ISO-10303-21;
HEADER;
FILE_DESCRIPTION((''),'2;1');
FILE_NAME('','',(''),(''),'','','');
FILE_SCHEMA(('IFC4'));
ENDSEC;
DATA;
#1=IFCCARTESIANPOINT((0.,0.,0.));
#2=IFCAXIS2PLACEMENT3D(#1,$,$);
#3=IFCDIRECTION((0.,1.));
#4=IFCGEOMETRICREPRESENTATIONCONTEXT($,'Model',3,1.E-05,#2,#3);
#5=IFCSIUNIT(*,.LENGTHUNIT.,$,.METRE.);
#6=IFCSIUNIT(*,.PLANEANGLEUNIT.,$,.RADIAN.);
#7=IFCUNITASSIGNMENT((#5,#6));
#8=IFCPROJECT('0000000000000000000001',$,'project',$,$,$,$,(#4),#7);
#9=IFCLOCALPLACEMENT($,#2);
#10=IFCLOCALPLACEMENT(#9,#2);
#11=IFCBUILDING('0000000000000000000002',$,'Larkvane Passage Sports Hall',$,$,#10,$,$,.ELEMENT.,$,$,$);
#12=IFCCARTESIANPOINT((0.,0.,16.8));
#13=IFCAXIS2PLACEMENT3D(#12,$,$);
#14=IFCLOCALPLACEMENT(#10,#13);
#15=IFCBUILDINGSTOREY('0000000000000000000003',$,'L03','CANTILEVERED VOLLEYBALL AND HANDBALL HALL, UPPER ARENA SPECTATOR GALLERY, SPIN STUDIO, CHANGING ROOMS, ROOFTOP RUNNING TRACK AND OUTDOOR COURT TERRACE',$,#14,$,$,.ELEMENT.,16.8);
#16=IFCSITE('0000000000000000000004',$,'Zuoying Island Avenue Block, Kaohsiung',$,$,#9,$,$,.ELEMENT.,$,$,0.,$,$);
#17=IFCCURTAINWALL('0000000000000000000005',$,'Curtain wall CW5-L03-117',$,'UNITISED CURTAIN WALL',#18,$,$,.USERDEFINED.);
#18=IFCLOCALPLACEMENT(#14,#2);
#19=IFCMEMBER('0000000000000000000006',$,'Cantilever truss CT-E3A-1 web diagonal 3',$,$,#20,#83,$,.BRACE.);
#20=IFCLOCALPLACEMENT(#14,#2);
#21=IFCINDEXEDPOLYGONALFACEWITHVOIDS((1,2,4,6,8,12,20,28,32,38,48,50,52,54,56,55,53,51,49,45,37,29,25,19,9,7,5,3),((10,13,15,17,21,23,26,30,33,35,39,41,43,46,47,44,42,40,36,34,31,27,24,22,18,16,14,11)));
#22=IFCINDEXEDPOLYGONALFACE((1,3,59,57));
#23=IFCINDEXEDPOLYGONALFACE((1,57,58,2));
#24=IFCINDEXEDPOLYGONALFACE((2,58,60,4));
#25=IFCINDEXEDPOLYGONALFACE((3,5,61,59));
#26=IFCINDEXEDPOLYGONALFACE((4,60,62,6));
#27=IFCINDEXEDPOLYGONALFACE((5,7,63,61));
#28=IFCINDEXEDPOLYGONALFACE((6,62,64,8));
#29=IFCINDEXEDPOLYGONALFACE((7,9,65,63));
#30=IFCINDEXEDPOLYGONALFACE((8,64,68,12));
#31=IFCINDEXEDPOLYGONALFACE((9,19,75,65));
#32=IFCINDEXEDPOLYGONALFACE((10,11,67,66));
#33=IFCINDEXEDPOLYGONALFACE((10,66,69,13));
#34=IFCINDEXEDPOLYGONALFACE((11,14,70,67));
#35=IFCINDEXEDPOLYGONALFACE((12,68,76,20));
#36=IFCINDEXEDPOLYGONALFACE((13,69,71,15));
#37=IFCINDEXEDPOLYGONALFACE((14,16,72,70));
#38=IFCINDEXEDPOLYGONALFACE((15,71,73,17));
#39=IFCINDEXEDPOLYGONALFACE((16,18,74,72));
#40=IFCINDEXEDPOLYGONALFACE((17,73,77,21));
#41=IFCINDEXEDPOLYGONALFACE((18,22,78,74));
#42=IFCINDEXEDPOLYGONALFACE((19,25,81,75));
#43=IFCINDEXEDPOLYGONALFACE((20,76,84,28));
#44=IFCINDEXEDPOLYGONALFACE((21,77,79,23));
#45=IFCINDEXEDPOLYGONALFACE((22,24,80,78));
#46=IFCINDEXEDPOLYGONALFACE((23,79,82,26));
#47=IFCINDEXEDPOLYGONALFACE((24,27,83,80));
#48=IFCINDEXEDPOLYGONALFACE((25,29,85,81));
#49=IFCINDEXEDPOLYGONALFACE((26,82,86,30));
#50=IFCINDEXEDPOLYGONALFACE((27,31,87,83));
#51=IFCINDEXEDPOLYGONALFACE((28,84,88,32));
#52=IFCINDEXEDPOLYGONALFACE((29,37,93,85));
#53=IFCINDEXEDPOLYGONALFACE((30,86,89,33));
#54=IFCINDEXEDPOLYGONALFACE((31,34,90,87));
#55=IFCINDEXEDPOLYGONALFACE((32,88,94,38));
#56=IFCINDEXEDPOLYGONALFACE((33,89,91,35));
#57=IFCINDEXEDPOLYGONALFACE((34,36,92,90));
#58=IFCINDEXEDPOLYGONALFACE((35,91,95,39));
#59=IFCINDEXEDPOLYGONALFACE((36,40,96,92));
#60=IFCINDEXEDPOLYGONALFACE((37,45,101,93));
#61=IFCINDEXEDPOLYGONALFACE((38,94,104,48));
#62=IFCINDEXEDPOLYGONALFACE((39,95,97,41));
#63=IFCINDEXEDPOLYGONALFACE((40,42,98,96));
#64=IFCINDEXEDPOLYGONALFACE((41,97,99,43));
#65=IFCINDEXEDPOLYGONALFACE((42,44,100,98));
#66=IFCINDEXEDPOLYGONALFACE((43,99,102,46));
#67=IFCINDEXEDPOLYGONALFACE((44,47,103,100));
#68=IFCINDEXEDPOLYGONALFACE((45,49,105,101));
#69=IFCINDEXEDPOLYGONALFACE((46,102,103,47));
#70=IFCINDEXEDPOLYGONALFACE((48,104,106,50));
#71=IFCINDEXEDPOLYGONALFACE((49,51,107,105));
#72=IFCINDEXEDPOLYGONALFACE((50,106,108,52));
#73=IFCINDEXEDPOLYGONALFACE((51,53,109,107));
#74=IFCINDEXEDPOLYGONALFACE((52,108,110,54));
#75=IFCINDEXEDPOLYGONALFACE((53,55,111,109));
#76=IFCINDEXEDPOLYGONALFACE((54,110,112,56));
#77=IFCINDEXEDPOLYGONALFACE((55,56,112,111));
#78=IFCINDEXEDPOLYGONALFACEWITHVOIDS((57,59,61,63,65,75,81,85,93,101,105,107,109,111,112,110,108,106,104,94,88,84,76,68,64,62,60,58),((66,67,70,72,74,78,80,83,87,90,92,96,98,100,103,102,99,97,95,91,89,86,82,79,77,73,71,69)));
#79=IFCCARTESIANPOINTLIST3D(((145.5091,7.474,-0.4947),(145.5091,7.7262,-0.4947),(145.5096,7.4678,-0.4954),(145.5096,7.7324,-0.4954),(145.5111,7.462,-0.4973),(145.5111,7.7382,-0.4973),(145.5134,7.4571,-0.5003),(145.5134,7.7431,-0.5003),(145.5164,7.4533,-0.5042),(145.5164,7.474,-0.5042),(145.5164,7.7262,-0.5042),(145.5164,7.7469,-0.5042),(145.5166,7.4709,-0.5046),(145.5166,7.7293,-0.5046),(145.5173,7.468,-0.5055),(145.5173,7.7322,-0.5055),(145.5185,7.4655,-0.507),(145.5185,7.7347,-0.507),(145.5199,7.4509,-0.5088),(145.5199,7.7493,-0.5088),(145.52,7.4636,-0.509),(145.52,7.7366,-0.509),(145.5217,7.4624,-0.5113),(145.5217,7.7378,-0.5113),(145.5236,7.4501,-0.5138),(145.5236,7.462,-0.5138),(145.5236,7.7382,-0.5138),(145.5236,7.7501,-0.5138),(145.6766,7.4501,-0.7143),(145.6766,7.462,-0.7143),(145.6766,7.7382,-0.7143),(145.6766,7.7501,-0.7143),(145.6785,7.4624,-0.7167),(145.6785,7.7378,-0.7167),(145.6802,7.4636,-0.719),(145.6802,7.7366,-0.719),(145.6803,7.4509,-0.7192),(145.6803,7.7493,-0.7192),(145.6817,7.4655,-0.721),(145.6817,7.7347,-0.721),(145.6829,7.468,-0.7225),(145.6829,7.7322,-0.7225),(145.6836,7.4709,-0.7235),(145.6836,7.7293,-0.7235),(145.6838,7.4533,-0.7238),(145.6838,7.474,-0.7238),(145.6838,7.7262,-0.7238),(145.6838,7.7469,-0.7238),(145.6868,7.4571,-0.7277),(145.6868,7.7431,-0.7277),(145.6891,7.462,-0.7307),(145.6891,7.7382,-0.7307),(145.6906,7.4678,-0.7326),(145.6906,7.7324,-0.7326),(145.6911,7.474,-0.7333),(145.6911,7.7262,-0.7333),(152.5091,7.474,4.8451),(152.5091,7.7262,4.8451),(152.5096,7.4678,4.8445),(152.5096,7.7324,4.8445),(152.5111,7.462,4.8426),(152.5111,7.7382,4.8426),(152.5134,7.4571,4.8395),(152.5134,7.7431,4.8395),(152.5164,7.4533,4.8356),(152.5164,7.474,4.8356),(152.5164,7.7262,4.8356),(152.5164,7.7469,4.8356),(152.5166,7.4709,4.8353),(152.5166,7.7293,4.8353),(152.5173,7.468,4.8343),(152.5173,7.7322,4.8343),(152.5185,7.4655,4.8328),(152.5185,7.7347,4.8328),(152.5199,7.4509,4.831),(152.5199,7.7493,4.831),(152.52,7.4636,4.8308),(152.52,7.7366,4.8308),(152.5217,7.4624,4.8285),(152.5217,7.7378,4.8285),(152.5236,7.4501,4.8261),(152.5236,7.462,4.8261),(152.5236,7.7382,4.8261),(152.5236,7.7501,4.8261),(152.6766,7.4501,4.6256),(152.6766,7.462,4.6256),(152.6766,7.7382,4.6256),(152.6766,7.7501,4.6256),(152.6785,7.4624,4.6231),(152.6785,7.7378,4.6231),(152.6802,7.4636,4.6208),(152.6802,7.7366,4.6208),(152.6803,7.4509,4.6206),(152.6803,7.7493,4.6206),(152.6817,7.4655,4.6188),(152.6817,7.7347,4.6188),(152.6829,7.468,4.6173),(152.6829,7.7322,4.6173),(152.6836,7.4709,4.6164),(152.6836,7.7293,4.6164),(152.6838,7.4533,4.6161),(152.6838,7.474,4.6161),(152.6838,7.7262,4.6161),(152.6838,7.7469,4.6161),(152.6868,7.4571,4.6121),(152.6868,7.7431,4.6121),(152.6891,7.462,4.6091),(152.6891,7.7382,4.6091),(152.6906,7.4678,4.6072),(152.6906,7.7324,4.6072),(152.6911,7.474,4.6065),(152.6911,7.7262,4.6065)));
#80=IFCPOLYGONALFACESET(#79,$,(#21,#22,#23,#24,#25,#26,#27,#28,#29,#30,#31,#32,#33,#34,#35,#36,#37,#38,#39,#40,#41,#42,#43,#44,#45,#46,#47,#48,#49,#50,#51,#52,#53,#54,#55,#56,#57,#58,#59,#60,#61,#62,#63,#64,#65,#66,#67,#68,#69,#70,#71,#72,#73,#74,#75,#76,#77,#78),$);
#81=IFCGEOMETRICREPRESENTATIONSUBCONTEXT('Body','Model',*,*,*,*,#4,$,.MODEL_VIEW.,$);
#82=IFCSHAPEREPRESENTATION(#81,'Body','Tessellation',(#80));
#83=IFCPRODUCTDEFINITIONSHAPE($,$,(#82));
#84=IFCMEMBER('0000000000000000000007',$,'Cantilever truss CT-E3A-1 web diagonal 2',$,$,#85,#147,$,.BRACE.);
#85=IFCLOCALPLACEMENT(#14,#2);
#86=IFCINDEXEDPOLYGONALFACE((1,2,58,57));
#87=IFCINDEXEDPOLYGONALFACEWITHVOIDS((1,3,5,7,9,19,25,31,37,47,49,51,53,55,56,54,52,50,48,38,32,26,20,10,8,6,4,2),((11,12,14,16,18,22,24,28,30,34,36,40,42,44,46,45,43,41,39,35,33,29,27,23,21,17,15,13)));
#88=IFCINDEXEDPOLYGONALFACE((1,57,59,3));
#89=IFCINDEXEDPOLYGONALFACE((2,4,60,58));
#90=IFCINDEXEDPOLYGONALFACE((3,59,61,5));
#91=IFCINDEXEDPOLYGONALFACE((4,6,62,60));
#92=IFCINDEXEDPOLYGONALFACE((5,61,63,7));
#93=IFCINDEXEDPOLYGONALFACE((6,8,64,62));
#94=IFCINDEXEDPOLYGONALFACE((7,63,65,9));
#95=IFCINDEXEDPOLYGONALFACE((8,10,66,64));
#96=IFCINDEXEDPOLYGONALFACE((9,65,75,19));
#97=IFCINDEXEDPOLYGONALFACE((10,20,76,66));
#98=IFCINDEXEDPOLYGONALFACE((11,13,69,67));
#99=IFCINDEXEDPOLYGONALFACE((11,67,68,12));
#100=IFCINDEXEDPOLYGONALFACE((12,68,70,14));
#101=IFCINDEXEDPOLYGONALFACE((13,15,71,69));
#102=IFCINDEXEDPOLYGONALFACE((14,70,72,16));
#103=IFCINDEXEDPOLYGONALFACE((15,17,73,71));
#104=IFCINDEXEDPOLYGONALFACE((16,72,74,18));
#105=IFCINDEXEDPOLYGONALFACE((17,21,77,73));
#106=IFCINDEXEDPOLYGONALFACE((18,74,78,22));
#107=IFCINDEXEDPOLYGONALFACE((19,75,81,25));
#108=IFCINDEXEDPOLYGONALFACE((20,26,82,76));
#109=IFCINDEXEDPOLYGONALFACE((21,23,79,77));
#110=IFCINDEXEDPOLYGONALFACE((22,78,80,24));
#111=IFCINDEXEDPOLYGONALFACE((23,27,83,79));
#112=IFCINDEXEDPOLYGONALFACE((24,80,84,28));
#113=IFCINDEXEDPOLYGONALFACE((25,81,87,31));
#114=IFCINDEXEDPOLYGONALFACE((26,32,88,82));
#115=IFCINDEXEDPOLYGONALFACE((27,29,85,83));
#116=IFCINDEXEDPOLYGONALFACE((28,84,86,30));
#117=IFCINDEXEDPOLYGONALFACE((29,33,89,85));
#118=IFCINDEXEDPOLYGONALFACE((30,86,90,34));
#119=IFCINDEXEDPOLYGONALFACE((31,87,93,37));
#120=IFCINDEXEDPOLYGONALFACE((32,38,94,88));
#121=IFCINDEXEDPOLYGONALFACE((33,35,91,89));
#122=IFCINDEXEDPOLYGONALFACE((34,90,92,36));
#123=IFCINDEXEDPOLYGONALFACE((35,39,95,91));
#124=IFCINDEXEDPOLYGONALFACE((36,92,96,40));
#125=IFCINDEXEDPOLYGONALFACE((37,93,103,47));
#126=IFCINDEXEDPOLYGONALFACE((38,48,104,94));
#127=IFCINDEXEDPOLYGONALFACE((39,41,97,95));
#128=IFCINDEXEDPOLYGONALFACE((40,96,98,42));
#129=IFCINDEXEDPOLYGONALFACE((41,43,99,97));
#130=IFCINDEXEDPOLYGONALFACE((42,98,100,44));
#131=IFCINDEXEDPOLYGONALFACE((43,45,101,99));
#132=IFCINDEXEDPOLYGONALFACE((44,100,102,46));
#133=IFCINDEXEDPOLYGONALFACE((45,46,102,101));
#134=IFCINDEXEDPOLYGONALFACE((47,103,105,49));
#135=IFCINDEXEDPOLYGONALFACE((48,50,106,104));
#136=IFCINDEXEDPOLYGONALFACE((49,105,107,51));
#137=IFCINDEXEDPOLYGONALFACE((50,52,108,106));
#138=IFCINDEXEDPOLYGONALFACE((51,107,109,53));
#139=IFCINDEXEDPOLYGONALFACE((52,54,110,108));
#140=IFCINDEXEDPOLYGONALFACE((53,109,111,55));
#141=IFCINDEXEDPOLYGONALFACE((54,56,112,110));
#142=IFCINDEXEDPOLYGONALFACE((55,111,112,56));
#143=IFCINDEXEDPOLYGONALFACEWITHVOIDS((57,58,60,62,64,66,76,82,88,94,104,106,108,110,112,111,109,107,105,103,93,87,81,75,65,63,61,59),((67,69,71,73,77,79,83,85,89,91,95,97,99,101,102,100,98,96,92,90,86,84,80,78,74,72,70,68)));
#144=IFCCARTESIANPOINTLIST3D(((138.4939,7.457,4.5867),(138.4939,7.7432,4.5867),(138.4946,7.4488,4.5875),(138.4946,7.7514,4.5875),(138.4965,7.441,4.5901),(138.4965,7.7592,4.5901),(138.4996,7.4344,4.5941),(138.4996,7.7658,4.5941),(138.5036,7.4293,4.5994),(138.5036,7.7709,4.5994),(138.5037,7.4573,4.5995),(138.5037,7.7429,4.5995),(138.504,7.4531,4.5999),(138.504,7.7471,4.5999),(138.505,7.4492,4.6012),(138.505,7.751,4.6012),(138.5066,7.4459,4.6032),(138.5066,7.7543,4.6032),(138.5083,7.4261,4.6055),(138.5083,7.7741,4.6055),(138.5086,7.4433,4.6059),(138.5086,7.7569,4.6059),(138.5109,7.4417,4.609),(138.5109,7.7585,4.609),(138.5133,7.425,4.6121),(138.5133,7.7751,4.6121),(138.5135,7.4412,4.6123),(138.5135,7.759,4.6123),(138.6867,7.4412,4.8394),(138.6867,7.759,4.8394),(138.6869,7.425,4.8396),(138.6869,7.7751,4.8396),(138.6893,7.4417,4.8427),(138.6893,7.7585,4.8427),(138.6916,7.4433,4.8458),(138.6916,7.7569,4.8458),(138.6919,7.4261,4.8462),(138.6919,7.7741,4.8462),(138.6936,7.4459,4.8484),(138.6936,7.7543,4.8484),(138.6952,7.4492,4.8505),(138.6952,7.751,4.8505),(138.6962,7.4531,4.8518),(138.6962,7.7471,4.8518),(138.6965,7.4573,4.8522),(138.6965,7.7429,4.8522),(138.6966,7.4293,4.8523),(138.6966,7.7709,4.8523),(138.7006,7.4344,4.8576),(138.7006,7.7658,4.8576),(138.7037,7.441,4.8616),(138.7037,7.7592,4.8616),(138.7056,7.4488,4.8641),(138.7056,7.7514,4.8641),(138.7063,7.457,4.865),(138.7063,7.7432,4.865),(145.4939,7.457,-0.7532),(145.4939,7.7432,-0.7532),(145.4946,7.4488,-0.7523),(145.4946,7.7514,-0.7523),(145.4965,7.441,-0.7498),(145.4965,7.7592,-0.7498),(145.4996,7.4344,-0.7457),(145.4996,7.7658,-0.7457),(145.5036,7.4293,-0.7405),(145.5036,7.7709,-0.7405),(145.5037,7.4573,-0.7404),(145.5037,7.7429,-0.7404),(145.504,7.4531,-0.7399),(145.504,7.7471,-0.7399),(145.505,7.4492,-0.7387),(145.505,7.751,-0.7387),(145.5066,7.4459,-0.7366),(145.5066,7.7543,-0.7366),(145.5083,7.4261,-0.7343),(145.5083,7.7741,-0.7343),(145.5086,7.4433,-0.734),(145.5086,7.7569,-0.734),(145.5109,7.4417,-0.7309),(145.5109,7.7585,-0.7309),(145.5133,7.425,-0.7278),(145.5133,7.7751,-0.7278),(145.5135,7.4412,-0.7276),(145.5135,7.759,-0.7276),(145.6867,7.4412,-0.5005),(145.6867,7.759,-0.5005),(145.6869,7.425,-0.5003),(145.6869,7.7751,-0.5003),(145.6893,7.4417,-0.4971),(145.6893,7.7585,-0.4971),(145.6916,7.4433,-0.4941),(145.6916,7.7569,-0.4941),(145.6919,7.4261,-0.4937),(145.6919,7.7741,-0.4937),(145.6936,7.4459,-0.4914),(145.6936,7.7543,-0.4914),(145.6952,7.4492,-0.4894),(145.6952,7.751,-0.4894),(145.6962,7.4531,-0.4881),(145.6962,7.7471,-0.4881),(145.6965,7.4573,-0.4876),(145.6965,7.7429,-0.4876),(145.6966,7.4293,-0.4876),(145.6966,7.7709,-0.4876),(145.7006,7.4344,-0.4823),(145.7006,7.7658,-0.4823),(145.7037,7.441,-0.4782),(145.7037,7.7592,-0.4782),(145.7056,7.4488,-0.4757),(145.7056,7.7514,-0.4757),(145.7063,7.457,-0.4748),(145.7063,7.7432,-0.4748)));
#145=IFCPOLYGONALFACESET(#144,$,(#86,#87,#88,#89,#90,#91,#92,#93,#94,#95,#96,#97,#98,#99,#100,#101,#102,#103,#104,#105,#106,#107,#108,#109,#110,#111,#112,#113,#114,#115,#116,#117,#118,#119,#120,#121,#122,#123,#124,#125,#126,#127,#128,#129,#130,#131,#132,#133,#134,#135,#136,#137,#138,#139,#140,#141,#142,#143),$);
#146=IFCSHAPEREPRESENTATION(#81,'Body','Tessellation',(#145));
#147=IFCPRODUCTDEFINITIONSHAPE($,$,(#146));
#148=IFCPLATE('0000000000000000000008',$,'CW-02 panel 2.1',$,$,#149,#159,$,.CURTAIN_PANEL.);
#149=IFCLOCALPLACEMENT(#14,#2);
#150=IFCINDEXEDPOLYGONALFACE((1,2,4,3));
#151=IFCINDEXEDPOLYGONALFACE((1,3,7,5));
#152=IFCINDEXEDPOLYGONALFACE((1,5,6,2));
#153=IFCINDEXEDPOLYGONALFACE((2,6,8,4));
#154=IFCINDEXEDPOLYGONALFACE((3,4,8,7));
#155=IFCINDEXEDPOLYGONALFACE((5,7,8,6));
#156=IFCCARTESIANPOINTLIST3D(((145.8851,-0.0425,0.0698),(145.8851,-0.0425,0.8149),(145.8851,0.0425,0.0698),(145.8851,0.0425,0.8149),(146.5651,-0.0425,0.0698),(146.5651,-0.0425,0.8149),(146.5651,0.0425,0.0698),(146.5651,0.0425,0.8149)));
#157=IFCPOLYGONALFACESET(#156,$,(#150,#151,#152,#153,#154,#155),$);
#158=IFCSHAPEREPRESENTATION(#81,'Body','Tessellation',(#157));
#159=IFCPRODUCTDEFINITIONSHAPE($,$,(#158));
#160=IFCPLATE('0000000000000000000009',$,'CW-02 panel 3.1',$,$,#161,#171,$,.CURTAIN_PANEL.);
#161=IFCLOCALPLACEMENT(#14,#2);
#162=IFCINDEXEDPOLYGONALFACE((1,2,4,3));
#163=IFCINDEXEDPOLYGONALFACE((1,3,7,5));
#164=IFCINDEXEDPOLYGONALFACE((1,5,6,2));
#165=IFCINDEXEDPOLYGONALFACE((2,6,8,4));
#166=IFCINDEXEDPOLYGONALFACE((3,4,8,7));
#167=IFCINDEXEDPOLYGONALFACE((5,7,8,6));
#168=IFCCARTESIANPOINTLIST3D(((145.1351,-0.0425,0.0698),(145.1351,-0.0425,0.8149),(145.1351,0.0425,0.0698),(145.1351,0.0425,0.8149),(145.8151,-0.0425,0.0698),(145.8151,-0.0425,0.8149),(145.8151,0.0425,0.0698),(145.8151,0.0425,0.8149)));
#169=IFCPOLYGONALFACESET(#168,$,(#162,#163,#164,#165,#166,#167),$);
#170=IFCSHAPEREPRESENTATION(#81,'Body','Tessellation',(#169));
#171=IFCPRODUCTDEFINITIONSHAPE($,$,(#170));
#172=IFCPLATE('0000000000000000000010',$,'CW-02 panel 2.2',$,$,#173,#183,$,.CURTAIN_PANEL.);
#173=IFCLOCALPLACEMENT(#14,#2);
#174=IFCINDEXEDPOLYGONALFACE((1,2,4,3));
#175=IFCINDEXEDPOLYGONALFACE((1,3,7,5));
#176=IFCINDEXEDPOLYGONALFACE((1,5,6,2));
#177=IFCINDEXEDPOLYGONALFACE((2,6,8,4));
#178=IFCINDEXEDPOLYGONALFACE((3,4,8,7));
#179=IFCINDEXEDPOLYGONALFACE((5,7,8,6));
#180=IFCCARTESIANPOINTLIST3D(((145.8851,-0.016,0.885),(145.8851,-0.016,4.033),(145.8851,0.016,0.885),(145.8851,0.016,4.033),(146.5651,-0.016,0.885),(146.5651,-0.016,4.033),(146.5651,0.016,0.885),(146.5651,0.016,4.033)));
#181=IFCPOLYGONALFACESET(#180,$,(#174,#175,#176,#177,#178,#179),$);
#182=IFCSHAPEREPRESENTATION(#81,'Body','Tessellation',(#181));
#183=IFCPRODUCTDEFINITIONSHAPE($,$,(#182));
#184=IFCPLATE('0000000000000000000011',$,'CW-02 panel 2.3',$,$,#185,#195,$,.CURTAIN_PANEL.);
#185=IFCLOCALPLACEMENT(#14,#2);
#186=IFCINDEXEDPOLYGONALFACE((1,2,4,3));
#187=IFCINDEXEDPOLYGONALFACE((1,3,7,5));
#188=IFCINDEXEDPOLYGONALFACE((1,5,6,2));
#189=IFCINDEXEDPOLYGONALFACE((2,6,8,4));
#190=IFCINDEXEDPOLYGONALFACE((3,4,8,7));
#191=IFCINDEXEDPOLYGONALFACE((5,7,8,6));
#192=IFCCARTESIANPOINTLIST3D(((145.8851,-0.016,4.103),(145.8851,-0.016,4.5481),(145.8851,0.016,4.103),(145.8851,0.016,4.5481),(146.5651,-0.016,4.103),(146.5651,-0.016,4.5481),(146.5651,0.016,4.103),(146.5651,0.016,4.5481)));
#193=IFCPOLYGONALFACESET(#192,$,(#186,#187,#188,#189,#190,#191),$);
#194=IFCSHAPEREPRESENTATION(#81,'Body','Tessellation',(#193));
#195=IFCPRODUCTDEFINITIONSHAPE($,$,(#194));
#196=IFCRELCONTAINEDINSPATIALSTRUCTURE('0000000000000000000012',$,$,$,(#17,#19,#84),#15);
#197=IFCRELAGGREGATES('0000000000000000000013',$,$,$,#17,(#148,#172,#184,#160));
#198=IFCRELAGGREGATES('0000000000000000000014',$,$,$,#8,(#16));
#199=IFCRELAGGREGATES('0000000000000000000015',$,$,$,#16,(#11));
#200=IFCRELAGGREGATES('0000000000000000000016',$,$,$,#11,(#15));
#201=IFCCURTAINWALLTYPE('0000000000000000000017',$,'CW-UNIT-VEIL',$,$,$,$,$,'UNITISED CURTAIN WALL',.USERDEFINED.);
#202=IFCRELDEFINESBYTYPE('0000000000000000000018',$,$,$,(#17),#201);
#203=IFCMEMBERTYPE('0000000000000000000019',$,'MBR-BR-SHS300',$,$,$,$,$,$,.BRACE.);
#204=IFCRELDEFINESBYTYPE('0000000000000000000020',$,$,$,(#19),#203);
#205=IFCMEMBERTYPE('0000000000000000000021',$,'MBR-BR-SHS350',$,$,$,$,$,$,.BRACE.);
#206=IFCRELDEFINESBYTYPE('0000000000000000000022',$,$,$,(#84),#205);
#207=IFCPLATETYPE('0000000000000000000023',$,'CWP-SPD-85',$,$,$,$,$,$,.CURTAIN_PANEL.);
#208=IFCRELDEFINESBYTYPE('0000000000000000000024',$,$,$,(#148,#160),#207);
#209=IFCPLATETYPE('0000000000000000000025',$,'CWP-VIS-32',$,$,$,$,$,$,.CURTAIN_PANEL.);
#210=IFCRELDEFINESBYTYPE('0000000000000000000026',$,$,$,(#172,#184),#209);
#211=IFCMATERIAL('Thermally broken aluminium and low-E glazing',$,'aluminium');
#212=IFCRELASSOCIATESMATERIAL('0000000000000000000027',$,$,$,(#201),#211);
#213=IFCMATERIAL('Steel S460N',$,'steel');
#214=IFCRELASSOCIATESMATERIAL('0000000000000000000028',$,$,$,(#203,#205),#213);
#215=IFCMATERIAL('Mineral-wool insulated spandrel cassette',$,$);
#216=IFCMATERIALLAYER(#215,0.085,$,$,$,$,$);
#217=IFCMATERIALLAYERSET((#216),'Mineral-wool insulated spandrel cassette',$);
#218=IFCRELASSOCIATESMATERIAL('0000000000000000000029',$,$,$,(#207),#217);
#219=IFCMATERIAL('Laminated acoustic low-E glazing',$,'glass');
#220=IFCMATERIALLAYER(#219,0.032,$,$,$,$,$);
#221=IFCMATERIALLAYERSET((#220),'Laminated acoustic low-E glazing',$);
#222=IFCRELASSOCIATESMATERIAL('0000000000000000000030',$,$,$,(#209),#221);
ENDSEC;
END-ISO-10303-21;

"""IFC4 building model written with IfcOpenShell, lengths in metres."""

from ifc_helpers import new_model, si_unit, direction, frame, origin, origin_2d, place, context, subcontext, project, spatial, rectangle, hollow_rectangle, extrude, material, layer, layer_set, material_profile, profile_set, type_object, element, aggregate, save


model = new_model("IFC4")

# Units and contexts
model_context = context("Model", 3, precision=1e-05, world=origin(), true_north=direction((0.0, 1.0)))
body_context = subcontext(model_context, "Body", "Model", "MODEL_VIEW")
ifc_project = project(units=[si_unit("LENGTHUNIT", "METRE"), si_unit("PLANEANGLEUNIT", "RADIAN")], contexts=[model_context])

# Site, building, storey
site_placement = place(None, origin())
site = spatial("IfcSite", under=ifc_project, at=site_placement, Name="Zuoying Island Avenue Block, Kaohsiung", CompositionType="ELEMENT", RefElevation=0.0)
building_placement = place(site_placement, origin())
building = spatial("IfcBuilding", under=site, at=building_placement, Name="Larkvane Passage Sports Hall", CompositionType="ELEMENT")
storey_placement = place(building_placement, frame((0.0, 0.0, 16.8)))
storey = spatial("IfcBuildingStorey", under=building, at=storey_placement, Name="L03", Description="CANTILEVERED VOLLEYBALL AND HANDBALL HALL, UPPER ARENA SPECTATOR GALLERY, SPIN STUDIO, CHANGING ROOMS, ROOFTOP RUNNING TRACK AND OUTDOOR COURT TERRACE", CompositionType="ELEMENT", Elevation=16.8)

# Shared definitions
ifc_material_1 = material(Name="Steel S460N", Category="steel")

# Curtain wall
ifc_material_2 = material(Name="Thermally broken aluminium and low-E glazing", Category="aluminium")
curtain_wall_type = type_object("IfcCurtainWallType", Name="CW-UNIT-VEIL", ElementType="UNITISED CURTAIN WALL", PredefinedType="USERDEFINED", material=ifc_material_2)
curtain_wall_placement = place(storey_placement, origin())
curtain_wall = element("IfcCurtainWall", 1, at=curtain_wall_placement, inside=storey, type_object=curtain_wall_type, Name="Curtain wall CW5-L03-117", ObjectType="UNITISED CURTAIN WALL", PredefinedType="USERDEFINED")

# Members
ifc_material_profile_1 = material_profile(ifc_material_1, hollow_rectangle(XDim=0.3, YDim=0.3, WallThickness=0.012, InnerFilletRadius=0.012, OuterFilletRadius=0.0239, at=origin_2d()), Name="SHS-300x300x12")
ifc_profile_set_1 = profile_set([ifc_material_profile_1], Name="Steel S460N")
member_type_1 = type_object("IfcMemberType", Name="MBR-BR-SHS300", PredefinedType="BRACE", material=ifc_profile_set_1)
member_1_placement = place(storey_placement, frame((145.6001, 7.6001, -0.614), z_axis=(0.795075, 0.0, 0.606511), x_axis=(0.0, 1.0, 0.0)))
element("IfcMember", 2, at=member_1_placement, inside=storey, type_object=member_type_1, Name="Cantilever truss CT-E3A-1 web diagonal 3", PredefinedType="BRACE", context=body_context, shape_type="SweptSolid", body=[
    extrude(hollow_rectangle(XDim=0.3, YDim=0.3, WallThickness=0.012, InnerFilletRadius=0.012, OuterFilletRadius=0.0239, at=origin_2d()), origin(), (0.0, 0.0, 1.0), 8.8042),
])
ifc_material_profile_2 = material_profile(ifc_material_1, hollow_rectangle(XDim=0.3501, YDim=0.3501, WallThickness=0.0161, InnerFilletRadius=0.0161, OuterFilletRadius=0.032, at=origin_2d()), Name="SHS-350x350x16")
ifc_profile_set_2 = profile_set([ifc_material_profile_2], Name="Steel S460N")
member_type_2 = type_object("IfcMemberType", Name="MBR-BR-SHS350", PredefinedType="BRACE", material=ifc_profile_set_2)
member_2_placement = place(storey_placement, frame((138.6001, 7.6001, 4.7258), z_axis=(0.795075, 0.0, -0.606511), x_axis=(0.0, 1.0, 0.0)))
element("IfcMember", 3, at=member_2_placement, inside=storey, type_object=member_type_2, Name="Cantilever truss CT-E3A-1 web diagonal 2", PredefinedType="BRACE", context=body_context, shape_type="SweptSolid", body=[
    extrude(hollow_rectangle(XDim=0.3501, YDim=0.3501, WallThickness=0.0161, InnerFilletRadius=0.0161, OuterFilletRadius=0.032, at=origin_2d()), origin(), (0.0, 0.0, 1.0), 8.8042),
])

# Plates
ifc_material_3 = material(Name="Mineral-wool insulated spandrel cassette")
ifc_layer_1 = layer(ifc_material_3, 0.085)
ifc_layer_set_1 = layer_set([ifc_layer_1], Name="Mineral-wool insulated spandrel cassette")
plate_type_1 = type_object("IfcPlateType", Name="CWP-SPD-85", PredefinedType="CURTAIN_PANEL", material=ifc_layer_set_1)
plate_1_placement = place(storey_placement, frame((146.2251, 0.0, 0.0698), z_axis=(0.0, 0.0, 1.0), x_axis=(-1.0, 0.0, 0.0)))
plate_1 = element("IfcPlate", 4, at=plate_1_placement, type_object=plate_type_1, Name="CW-02 panel 2.1", PredefinedType="CURTAIN_PANEL", context=body_context, shape_type="SweptSolid", body=[
    extrude(rectangle(XDim=0.6799, YDim=0.085, at=origin_2d()), origin(), (0.0, 0.0, 1.0), 0.7451),
])
plate_2_placement = place(storey_placement, frame((145.4751, 0.0, 0.0698), z_axis=(0.0, 0.0, 1.0), x_axis=(-1.0, 0.0, 0.0)))
plate_2 = element("IfcPlate", 5, at=plate_2_placement, type_object=plate_type_1, Name="CW-02 panel 3.1", PredefinedType="CURTAIN_PANEL", context=body_context, shape_type="SweptSolid", body=[
    extrude(rectangle(XDim=0.6799, YDim=0.085, at=origin_2d()), origin(), (0.0, 0.0, 1.0), 0.7451),
])
ifc_material_4 = material(Name="Laminated acoustic low-E glazing", Category="glass")
ifc_layer_2 = layer(ifc_material_4, 0.032)
ifc_layer_set_2 = layer_set([ifc_layer_2], Name="Laminated acoustic low-E glazing")
plate_type_2 = type_object("IfcPlateType", Name="CWP-VIS-32", PredefinedType="CURTAIN_PANEL", material=ifc_layer_set_2)
plate_3_placement = place(storey_placement, frame((146.2251, 0.0, 0.885), z_axis=(0.0, 0.0, 1.0), x_axis=(-1.0, 0.0, 0.0)))
plate_3 = element("IfcPlate", 6, at=plate_3_placement, type_object=plate_type_2, Name="CW-02 panel 2.2", PredefinedType="CURTAIN_PANEL", context=body_context, shape_type="SweptSolid", body=[
    extrude(rectangle(XDim=0.6799, YDim=0.032, at=origin_2d()), origin(), (0.0, 0.0, 1.0), 3.1479),
])
plate_4_placement = place(storey_placement, frame((146.2251, 0.0, 4.103), z_axis=(0.0, 0.0, 1.0), x_axis=(-1.0, 0.0, 0.0)))
plate_4 = element("IfcPlate", 7, at=plate_4_placement, type_object=plate_type_2, Name="CW-02 panel 2.3", PredefinedType="CURTAIN_PANEL", context=body_context, shape_type="SweptSolid", body=[
    extrude(rectangle(XDim=0.6799, YDim=0.032, at=origin_2d()), origin(), (0.0, 0.0, 1.0), 0.4451),
])
aggregate(curtain_wall, [plate_1, plate_3, plate_4, plate_2])

save(model, "model.ifc")
